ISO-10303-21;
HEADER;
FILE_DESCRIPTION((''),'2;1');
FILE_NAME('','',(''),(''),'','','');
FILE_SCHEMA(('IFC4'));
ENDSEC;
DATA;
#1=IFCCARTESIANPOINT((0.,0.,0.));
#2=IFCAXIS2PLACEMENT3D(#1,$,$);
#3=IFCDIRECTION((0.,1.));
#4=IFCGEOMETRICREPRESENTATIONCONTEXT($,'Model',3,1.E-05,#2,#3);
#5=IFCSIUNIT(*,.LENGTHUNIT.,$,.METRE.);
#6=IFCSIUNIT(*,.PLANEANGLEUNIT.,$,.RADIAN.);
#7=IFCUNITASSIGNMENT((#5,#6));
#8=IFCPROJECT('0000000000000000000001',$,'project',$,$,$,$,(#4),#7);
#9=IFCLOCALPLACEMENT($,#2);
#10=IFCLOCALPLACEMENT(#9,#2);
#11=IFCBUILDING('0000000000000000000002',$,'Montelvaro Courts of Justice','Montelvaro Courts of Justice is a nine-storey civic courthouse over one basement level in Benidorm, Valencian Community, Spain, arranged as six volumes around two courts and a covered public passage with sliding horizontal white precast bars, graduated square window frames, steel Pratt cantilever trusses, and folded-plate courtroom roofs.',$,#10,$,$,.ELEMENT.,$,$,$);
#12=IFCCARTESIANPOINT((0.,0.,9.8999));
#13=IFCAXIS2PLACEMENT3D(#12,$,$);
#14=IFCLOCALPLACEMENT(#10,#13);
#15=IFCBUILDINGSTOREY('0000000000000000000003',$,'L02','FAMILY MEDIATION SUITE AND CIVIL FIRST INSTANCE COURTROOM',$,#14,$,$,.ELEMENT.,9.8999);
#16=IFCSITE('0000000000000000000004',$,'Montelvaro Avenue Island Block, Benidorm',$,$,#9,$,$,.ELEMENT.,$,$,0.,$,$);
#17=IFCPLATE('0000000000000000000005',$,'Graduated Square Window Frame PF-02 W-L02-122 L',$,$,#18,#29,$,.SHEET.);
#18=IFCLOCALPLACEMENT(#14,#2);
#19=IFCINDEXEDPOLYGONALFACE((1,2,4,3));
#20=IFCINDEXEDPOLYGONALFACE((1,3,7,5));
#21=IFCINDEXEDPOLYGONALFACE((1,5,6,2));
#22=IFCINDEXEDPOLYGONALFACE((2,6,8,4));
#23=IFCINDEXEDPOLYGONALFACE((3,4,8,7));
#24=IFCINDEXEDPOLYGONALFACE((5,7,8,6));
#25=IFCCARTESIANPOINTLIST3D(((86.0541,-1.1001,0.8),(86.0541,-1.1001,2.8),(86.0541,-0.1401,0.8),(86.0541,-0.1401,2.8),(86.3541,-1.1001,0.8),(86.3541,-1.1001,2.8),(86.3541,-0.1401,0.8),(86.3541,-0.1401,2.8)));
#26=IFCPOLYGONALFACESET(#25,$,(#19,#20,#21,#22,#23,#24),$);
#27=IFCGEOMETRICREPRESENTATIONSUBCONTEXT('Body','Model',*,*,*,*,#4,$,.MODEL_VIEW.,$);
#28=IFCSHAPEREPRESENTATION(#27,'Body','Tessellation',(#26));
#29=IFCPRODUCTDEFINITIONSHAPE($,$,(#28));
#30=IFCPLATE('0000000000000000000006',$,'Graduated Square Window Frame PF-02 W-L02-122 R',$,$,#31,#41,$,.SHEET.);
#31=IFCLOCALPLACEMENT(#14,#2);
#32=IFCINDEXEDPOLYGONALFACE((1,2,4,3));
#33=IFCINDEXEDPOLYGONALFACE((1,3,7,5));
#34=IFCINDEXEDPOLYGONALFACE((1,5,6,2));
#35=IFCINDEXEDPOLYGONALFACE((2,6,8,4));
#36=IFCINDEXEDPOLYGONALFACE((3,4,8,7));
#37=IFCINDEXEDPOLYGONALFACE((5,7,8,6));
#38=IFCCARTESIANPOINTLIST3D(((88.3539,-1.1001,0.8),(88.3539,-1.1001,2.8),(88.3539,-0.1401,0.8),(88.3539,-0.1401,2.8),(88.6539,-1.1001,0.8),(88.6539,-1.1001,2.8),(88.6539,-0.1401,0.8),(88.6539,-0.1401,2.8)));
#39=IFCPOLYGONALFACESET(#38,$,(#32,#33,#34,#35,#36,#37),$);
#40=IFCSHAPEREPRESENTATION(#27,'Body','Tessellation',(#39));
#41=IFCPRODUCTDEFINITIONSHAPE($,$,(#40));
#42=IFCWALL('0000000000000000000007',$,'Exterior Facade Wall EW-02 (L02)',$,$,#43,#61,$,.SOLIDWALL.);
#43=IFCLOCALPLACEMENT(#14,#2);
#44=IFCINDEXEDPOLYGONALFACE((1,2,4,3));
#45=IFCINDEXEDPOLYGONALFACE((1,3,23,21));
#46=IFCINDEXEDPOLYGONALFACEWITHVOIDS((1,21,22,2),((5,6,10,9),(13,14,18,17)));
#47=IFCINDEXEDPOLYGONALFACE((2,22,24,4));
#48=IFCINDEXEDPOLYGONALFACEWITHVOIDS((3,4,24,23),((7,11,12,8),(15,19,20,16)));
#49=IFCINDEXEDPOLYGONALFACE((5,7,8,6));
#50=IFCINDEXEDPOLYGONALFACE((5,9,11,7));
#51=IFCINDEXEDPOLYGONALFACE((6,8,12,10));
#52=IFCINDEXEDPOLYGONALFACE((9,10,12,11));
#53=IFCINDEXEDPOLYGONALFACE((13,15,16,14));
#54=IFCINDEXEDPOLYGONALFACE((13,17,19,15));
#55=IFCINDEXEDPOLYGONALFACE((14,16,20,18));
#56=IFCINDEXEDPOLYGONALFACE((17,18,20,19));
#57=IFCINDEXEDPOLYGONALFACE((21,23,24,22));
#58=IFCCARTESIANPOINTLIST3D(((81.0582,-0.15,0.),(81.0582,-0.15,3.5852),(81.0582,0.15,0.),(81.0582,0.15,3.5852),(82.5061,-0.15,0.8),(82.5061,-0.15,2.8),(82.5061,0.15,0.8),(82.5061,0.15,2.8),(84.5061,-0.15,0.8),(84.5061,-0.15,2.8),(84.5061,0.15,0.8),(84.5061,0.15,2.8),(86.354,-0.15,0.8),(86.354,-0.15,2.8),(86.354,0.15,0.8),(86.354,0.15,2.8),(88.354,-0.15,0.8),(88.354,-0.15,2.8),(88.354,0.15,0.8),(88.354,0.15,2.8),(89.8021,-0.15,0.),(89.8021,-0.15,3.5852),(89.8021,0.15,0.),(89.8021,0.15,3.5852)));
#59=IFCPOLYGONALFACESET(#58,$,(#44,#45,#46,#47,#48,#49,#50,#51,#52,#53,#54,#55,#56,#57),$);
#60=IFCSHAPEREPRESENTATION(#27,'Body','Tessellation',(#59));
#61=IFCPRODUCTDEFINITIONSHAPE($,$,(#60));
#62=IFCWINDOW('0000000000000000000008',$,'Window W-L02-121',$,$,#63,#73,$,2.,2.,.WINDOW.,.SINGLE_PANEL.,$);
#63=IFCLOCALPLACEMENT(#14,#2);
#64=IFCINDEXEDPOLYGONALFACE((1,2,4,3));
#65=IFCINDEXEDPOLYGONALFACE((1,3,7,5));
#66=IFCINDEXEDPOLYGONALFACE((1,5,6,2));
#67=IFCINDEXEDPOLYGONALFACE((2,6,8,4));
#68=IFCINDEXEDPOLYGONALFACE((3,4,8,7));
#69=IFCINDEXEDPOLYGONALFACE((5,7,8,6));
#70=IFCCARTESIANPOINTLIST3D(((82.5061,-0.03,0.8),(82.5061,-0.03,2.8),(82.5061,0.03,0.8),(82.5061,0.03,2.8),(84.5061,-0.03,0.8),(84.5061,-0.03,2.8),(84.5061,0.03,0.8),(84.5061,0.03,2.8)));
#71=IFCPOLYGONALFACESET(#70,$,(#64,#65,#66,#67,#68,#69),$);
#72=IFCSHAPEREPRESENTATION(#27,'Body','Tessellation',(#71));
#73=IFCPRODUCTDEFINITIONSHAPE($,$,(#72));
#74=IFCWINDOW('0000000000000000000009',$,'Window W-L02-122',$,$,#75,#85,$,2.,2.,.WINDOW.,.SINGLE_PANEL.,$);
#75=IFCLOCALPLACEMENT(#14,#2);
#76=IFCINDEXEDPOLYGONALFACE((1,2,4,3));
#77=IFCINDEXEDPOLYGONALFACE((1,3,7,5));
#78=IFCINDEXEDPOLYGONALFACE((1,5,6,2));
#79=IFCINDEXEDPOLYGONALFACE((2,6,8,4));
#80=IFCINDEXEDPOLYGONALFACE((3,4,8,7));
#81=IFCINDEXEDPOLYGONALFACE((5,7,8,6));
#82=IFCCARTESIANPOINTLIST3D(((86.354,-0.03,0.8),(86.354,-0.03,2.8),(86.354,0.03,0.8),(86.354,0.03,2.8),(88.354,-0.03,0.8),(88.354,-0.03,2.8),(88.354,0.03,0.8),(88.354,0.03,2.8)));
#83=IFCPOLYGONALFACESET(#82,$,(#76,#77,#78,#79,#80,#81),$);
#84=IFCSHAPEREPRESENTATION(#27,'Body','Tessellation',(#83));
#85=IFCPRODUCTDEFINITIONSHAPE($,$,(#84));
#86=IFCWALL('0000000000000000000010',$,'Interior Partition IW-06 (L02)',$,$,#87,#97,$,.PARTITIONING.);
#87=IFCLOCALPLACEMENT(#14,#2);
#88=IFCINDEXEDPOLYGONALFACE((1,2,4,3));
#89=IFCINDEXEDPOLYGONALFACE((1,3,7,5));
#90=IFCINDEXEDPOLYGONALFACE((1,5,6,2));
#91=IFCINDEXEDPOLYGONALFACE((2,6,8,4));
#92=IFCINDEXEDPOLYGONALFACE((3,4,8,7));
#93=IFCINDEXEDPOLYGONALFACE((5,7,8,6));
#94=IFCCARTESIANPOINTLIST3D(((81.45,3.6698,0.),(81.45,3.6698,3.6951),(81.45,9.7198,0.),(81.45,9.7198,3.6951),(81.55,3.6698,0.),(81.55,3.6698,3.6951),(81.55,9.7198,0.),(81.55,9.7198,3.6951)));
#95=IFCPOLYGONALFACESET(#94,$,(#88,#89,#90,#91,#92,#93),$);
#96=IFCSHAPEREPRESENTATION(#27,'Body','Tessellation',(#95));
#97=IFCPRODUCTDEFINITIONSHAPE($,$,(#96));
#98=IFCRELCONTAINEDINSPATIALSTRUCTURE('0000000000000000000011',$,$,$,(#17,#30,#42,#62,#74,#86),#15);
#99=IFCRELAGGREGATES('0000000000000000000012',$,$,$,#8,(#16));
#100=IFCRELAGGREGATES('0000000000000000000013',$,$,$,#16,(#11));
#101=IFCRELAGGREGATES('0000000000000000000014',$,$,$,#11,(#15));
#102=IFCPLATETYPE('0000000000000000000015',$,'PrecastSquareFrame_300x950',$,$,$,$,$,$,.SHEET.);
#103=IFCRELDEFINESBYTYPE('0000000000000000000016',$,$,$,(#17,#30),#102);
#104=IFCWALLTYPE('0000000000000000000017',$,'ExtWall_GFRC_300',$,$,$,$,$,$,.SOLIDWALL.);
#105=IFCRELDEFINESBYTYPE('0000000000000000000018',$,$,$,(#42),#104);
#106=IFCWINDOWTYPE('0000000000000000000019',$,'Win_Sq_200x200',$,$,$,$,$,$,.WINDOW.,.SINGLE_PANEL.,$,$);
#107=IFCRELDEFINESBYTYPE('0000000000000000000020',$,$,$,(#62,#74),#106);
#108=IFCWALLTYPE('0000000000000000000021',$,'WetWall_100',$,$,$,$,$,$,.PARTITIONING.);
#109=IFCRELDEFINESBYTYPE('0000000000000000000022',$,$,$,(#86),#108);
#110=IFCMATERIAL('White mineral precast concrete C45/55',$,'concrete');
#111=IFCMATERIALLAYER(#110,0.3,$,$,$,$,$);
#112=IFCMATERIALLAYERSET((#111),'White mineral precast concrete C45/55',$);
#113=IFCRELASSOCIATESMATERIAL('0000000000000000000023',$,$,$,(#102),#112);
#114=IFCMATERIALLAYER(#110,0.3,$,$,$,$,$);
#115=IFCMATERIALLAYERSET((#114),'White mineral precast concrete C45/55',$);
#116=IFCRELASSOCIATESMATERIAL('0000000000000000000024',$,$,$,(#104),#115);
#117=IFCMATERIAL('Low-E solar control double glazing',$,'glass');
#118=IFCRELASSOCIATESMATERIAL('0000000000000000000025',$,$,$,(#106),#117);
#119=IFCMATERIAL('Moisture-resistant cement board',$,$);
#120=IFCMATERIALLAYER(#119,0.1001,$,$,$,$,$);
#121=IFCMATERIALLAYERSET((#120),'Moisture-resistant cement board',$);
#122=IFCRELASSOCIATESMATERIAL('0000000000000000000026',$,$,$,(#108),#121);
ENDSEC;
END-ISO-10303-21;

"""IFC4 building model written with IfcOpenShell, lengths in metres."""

from ifc_helpers import new_model, si_unit, direction, frame, frame_2d, origin, origin_2d, place, context, subcontext, project, spatial, rectangle, extrude, material, layer, layer_set, type_object, element, fill, save


model = new_model("IFC4")

# Units and contexts
model_context = context("Model", 3, precision=1e-05, world=origin(), true_north=direction((0.0, 1.0)))
body_context = subcontext(model_context, "Body", "Model", "MODEL_VIEW")
ifc_project = project(units=[si_unit("LENGTHUNIT", "METRE"), si_unit("PLANEANGLEUNIT", "RADIAN")], contexts=[model_context])

# Site, building, storey
site_placement = place(None, origin())
site = spatial("IfcSite", under=ifc_project, at=site_placement, Name="Montelvaro Avenue Island Block, Benidorm", CompositionType="ELEMENT", RefElevation=0.0)
building_placement = place(site_placement, origin())
building = spatial("IfcBuilding", under=site, at=building_placement, Name="Montelvaro Courts of Justice", Description="Montelvaro Courts of Justice is a nine-storey civic courthouse over one basement level in Benidorm, Valencian Community, Spain, arranged as six volumes around two courts and a covered public passage with sliding horizontal white precast bars, graduated square window frames, steel Pratt cantilever trusses, and folded-plate courtroom roofs.", CompositionType="ELEMENT")
storey_placement = place(building_placement, frame((0.0, 0.0, 9.8999)))
storey = spatial("IfcBuildingStorey", under=building, at=storey_placement, Name="L02", Description="FAMILY MEDIATION SUITE AND CIVIL FIRST INSTANCE COURTROOM", CompositionType="ELEMENT", Elevation=9.8999)

# Plates
ifc_material_1 = material(Name="White mineral precast concrete C45/55", Category="concrete")
ifc_layer_1 = layer(ifc_material_1, 0.3)
ifc_layer_set_1 = layer_set([ifc_layer_1], Name="White mineral precast concrete C45/55")
plate_type = type_object("IfcPlateType", Name="PrecastSquareFrame_300x950", PredefinedType="SHEET", material=ifc_layer_set_1)
for number, where, z_axis, x_axis, name in (
    (1, (86.2041, -0.6201, 0.8), (0.0, 0.0, 1.0), (1.0, 0.0, 0.0), "Graduated Square Window Frame PF-02 W-L02-122 L"),
    (2, (88.5039, -0.6201, 0.8), (0.0, 0.0, 1.0), (1.0, 0.0, 0.0), "Graduated Square Window Frame PF-02 W-L02-122 R"),
):
    element("IfcPlate", number, at=place(storey_placement, frame(where, z_axis=z_axis, x_axis=x_axis)), inside=storey, type_object=plate_type, Name=name, PredefinedType="SHEET", context=body_context, shape_type="SweptSolid", body=[
        extrude(rectangle(XDim=0.3, YDim=0.96, at=origin_2d()), origin(), (0.0, 0.0, 1.0), 2.0),
    ])

# Wall, openings, windows
ifc_layer_2 = layer(ifc_material_1, 0.3)
ifc_layer_set_2 = layer_set([ifc_layer_2], Name="White mineral precast concrete C45/55")
wall_type_1 = type_object("IfcWallType", Name="ExtWall_GFRC_300", PredefinedType="SOLIDWALL", material=ifc_layer_set_2)
wall_1_placement = place(storey_placement, frame((81.0581, 0.0, 0.0), z_axis=(0.0, 0.0, 1.0), x_axis=(1.0, 0.0, 0.0)))
wall_1 = element("IfcWall", 3, at=wall_1_placement, inside=storey, type_object=wall_type_1, Name="Exterior Facade Wall EW-02 (L02)", PredefinedType="SOLIDWALL", context=body_context, shape_type="SweptSolid", body=[
    extrude(rectangle(XDim=8.7439, YDim=0.3, at=frame_2d((4.3721, 0.0))), origin(), (0.0, 0.0, 1.0), 3.5852),
])
opening_1_placement = place(wall_1_placement, frame((1.448, 0.0, 0.8)))
opening_1 = element("IfcOpeningElement", 4, at=opening_1_placement, cuts=wall_1, PredefinedType="OPENING", context=body_context, shape_type="SweptSolid", body=[
    extrude(rectangle(XDim=2.0, YDim=2.0, at=frame_2d((1.0, 1.0))), frame((0.0, 0.165, 0.0), z_axis=(0.0, -1.0, 0.0), x_axis=(1.0, 0.0, 0.0)), (0.0, 0.0, 1.0), 0.3298),
])
opening_2_placement = place(wall_1_placement, frame((5.2959, 0.0, 0.8)))
opening_2 = element("IfcOpeningElement", 5, at=opening_2_placement, cuts=wall_1, PredefinedType="OPENING", context=body_context, shape_type="SweptSolid", body=[
    extrude(rectangle(XDim=2.0, YDim=2.0, at=frame_2d((1.0, 1.0))), frame((0.0, 0.165, 0.0), z_axis=(0.0, -1.0, 0.0), x_axis=(1.0, 0.0, 0.0)), (0.0, 0.0, 1.0), 0.3298),
])
ifc_material_2 = material(Name="Low-E solar control double glazing", Category="glass")
window_type = type_object("IfcWindowType", Name="Win_Sq_200x200", PartitioningType="SINGLE_PANEL", PredefinedType="WINDOW", material=ifc_material_2)
window_1_placement = place(opening_1_placement, origin())
window_1 = element("IfcWindow", 6, at=window_1_placement, inside=storey, type_object=window_type, Name="Window W-L02-121", OverallHeight=2.0, OverallWidth=2.0, PartitioningType="SINGLE_PANEL", PredefinedType="WINDOW", context=body_context, shape_type="SweptSolid", body=[
    extrude(rectangle(XDim=2.0, YDim=2.0, at=frame_2d((1.0, 1.0))), frame((0.0, 0.03, 0.0), z_axis=(0.0, -1.0, 0.0), x_axis=(1.0, 0.0, 0.0)), (0.0, 0.0, 1.0), 0.0601),
])
fill(opening_1, window_1)
window_2_placement = place(opening_2_placement, origin())
window_2 = element("IfcWindow", 7, at=window_2_placement, inside=storey, type_object=window_type, Name="Window W-L02-122", OverallHeight=2.0, OverallWidth=2.0, PartitioningType="SINGLE_PANEL", PredefinedType="WINDOW", context=body_context, shape_type="SweptSolid", body=[
    extrude(rectangle(XDim=2.0, YDim=2.0, at=frame_2d((1.0, 1.0))), frame((0.0, 0.03, 0.0), z_axis=(0.0, -1.0, 0.0), x_axis=(1.0, 0.0, 0.0)), (0.0, 0.0, 1.0), 0.0601),
])
fill(opening_2, window_2)

# Wall
ifc_material_3 = material(Name="Moisture-resistant cement board")
ifc_layer_3 = layer(ifc_material_3, 0.1001)
ifc_layer_set_3 = layer_set([ifc_layer_3], Name="Moisture-resistant cement board")
wall_type_2 = type_object("IfcWallType", Name="WetWall_100", PredefinedType="PARTITIONING", material=ifc_layer_set_3)
wall_2_placement = place(storey_placement, frame((81.5, 3.6699, 0.0), z_axis=(0.0, 0.0, 1.0), x_axis=(0.0, 1.0, 0.0)))
element("IfcWall", 8, at=wall_2_placement, inside=storey, type_object=wall_type_2, Name="Interior Partition IW-06 (L02)", PredefinedType="PARTITIONING", context=body_context, shape_type="SweptSolid", body=[
    extrude(rectangle(XDim=6.05, YDim=0.1001, at=frame_2d((3.0249, 0.0))), origin(), (0.0, 0.0, 1.0), 3.6951),
])

save(model, "model.ifc")
